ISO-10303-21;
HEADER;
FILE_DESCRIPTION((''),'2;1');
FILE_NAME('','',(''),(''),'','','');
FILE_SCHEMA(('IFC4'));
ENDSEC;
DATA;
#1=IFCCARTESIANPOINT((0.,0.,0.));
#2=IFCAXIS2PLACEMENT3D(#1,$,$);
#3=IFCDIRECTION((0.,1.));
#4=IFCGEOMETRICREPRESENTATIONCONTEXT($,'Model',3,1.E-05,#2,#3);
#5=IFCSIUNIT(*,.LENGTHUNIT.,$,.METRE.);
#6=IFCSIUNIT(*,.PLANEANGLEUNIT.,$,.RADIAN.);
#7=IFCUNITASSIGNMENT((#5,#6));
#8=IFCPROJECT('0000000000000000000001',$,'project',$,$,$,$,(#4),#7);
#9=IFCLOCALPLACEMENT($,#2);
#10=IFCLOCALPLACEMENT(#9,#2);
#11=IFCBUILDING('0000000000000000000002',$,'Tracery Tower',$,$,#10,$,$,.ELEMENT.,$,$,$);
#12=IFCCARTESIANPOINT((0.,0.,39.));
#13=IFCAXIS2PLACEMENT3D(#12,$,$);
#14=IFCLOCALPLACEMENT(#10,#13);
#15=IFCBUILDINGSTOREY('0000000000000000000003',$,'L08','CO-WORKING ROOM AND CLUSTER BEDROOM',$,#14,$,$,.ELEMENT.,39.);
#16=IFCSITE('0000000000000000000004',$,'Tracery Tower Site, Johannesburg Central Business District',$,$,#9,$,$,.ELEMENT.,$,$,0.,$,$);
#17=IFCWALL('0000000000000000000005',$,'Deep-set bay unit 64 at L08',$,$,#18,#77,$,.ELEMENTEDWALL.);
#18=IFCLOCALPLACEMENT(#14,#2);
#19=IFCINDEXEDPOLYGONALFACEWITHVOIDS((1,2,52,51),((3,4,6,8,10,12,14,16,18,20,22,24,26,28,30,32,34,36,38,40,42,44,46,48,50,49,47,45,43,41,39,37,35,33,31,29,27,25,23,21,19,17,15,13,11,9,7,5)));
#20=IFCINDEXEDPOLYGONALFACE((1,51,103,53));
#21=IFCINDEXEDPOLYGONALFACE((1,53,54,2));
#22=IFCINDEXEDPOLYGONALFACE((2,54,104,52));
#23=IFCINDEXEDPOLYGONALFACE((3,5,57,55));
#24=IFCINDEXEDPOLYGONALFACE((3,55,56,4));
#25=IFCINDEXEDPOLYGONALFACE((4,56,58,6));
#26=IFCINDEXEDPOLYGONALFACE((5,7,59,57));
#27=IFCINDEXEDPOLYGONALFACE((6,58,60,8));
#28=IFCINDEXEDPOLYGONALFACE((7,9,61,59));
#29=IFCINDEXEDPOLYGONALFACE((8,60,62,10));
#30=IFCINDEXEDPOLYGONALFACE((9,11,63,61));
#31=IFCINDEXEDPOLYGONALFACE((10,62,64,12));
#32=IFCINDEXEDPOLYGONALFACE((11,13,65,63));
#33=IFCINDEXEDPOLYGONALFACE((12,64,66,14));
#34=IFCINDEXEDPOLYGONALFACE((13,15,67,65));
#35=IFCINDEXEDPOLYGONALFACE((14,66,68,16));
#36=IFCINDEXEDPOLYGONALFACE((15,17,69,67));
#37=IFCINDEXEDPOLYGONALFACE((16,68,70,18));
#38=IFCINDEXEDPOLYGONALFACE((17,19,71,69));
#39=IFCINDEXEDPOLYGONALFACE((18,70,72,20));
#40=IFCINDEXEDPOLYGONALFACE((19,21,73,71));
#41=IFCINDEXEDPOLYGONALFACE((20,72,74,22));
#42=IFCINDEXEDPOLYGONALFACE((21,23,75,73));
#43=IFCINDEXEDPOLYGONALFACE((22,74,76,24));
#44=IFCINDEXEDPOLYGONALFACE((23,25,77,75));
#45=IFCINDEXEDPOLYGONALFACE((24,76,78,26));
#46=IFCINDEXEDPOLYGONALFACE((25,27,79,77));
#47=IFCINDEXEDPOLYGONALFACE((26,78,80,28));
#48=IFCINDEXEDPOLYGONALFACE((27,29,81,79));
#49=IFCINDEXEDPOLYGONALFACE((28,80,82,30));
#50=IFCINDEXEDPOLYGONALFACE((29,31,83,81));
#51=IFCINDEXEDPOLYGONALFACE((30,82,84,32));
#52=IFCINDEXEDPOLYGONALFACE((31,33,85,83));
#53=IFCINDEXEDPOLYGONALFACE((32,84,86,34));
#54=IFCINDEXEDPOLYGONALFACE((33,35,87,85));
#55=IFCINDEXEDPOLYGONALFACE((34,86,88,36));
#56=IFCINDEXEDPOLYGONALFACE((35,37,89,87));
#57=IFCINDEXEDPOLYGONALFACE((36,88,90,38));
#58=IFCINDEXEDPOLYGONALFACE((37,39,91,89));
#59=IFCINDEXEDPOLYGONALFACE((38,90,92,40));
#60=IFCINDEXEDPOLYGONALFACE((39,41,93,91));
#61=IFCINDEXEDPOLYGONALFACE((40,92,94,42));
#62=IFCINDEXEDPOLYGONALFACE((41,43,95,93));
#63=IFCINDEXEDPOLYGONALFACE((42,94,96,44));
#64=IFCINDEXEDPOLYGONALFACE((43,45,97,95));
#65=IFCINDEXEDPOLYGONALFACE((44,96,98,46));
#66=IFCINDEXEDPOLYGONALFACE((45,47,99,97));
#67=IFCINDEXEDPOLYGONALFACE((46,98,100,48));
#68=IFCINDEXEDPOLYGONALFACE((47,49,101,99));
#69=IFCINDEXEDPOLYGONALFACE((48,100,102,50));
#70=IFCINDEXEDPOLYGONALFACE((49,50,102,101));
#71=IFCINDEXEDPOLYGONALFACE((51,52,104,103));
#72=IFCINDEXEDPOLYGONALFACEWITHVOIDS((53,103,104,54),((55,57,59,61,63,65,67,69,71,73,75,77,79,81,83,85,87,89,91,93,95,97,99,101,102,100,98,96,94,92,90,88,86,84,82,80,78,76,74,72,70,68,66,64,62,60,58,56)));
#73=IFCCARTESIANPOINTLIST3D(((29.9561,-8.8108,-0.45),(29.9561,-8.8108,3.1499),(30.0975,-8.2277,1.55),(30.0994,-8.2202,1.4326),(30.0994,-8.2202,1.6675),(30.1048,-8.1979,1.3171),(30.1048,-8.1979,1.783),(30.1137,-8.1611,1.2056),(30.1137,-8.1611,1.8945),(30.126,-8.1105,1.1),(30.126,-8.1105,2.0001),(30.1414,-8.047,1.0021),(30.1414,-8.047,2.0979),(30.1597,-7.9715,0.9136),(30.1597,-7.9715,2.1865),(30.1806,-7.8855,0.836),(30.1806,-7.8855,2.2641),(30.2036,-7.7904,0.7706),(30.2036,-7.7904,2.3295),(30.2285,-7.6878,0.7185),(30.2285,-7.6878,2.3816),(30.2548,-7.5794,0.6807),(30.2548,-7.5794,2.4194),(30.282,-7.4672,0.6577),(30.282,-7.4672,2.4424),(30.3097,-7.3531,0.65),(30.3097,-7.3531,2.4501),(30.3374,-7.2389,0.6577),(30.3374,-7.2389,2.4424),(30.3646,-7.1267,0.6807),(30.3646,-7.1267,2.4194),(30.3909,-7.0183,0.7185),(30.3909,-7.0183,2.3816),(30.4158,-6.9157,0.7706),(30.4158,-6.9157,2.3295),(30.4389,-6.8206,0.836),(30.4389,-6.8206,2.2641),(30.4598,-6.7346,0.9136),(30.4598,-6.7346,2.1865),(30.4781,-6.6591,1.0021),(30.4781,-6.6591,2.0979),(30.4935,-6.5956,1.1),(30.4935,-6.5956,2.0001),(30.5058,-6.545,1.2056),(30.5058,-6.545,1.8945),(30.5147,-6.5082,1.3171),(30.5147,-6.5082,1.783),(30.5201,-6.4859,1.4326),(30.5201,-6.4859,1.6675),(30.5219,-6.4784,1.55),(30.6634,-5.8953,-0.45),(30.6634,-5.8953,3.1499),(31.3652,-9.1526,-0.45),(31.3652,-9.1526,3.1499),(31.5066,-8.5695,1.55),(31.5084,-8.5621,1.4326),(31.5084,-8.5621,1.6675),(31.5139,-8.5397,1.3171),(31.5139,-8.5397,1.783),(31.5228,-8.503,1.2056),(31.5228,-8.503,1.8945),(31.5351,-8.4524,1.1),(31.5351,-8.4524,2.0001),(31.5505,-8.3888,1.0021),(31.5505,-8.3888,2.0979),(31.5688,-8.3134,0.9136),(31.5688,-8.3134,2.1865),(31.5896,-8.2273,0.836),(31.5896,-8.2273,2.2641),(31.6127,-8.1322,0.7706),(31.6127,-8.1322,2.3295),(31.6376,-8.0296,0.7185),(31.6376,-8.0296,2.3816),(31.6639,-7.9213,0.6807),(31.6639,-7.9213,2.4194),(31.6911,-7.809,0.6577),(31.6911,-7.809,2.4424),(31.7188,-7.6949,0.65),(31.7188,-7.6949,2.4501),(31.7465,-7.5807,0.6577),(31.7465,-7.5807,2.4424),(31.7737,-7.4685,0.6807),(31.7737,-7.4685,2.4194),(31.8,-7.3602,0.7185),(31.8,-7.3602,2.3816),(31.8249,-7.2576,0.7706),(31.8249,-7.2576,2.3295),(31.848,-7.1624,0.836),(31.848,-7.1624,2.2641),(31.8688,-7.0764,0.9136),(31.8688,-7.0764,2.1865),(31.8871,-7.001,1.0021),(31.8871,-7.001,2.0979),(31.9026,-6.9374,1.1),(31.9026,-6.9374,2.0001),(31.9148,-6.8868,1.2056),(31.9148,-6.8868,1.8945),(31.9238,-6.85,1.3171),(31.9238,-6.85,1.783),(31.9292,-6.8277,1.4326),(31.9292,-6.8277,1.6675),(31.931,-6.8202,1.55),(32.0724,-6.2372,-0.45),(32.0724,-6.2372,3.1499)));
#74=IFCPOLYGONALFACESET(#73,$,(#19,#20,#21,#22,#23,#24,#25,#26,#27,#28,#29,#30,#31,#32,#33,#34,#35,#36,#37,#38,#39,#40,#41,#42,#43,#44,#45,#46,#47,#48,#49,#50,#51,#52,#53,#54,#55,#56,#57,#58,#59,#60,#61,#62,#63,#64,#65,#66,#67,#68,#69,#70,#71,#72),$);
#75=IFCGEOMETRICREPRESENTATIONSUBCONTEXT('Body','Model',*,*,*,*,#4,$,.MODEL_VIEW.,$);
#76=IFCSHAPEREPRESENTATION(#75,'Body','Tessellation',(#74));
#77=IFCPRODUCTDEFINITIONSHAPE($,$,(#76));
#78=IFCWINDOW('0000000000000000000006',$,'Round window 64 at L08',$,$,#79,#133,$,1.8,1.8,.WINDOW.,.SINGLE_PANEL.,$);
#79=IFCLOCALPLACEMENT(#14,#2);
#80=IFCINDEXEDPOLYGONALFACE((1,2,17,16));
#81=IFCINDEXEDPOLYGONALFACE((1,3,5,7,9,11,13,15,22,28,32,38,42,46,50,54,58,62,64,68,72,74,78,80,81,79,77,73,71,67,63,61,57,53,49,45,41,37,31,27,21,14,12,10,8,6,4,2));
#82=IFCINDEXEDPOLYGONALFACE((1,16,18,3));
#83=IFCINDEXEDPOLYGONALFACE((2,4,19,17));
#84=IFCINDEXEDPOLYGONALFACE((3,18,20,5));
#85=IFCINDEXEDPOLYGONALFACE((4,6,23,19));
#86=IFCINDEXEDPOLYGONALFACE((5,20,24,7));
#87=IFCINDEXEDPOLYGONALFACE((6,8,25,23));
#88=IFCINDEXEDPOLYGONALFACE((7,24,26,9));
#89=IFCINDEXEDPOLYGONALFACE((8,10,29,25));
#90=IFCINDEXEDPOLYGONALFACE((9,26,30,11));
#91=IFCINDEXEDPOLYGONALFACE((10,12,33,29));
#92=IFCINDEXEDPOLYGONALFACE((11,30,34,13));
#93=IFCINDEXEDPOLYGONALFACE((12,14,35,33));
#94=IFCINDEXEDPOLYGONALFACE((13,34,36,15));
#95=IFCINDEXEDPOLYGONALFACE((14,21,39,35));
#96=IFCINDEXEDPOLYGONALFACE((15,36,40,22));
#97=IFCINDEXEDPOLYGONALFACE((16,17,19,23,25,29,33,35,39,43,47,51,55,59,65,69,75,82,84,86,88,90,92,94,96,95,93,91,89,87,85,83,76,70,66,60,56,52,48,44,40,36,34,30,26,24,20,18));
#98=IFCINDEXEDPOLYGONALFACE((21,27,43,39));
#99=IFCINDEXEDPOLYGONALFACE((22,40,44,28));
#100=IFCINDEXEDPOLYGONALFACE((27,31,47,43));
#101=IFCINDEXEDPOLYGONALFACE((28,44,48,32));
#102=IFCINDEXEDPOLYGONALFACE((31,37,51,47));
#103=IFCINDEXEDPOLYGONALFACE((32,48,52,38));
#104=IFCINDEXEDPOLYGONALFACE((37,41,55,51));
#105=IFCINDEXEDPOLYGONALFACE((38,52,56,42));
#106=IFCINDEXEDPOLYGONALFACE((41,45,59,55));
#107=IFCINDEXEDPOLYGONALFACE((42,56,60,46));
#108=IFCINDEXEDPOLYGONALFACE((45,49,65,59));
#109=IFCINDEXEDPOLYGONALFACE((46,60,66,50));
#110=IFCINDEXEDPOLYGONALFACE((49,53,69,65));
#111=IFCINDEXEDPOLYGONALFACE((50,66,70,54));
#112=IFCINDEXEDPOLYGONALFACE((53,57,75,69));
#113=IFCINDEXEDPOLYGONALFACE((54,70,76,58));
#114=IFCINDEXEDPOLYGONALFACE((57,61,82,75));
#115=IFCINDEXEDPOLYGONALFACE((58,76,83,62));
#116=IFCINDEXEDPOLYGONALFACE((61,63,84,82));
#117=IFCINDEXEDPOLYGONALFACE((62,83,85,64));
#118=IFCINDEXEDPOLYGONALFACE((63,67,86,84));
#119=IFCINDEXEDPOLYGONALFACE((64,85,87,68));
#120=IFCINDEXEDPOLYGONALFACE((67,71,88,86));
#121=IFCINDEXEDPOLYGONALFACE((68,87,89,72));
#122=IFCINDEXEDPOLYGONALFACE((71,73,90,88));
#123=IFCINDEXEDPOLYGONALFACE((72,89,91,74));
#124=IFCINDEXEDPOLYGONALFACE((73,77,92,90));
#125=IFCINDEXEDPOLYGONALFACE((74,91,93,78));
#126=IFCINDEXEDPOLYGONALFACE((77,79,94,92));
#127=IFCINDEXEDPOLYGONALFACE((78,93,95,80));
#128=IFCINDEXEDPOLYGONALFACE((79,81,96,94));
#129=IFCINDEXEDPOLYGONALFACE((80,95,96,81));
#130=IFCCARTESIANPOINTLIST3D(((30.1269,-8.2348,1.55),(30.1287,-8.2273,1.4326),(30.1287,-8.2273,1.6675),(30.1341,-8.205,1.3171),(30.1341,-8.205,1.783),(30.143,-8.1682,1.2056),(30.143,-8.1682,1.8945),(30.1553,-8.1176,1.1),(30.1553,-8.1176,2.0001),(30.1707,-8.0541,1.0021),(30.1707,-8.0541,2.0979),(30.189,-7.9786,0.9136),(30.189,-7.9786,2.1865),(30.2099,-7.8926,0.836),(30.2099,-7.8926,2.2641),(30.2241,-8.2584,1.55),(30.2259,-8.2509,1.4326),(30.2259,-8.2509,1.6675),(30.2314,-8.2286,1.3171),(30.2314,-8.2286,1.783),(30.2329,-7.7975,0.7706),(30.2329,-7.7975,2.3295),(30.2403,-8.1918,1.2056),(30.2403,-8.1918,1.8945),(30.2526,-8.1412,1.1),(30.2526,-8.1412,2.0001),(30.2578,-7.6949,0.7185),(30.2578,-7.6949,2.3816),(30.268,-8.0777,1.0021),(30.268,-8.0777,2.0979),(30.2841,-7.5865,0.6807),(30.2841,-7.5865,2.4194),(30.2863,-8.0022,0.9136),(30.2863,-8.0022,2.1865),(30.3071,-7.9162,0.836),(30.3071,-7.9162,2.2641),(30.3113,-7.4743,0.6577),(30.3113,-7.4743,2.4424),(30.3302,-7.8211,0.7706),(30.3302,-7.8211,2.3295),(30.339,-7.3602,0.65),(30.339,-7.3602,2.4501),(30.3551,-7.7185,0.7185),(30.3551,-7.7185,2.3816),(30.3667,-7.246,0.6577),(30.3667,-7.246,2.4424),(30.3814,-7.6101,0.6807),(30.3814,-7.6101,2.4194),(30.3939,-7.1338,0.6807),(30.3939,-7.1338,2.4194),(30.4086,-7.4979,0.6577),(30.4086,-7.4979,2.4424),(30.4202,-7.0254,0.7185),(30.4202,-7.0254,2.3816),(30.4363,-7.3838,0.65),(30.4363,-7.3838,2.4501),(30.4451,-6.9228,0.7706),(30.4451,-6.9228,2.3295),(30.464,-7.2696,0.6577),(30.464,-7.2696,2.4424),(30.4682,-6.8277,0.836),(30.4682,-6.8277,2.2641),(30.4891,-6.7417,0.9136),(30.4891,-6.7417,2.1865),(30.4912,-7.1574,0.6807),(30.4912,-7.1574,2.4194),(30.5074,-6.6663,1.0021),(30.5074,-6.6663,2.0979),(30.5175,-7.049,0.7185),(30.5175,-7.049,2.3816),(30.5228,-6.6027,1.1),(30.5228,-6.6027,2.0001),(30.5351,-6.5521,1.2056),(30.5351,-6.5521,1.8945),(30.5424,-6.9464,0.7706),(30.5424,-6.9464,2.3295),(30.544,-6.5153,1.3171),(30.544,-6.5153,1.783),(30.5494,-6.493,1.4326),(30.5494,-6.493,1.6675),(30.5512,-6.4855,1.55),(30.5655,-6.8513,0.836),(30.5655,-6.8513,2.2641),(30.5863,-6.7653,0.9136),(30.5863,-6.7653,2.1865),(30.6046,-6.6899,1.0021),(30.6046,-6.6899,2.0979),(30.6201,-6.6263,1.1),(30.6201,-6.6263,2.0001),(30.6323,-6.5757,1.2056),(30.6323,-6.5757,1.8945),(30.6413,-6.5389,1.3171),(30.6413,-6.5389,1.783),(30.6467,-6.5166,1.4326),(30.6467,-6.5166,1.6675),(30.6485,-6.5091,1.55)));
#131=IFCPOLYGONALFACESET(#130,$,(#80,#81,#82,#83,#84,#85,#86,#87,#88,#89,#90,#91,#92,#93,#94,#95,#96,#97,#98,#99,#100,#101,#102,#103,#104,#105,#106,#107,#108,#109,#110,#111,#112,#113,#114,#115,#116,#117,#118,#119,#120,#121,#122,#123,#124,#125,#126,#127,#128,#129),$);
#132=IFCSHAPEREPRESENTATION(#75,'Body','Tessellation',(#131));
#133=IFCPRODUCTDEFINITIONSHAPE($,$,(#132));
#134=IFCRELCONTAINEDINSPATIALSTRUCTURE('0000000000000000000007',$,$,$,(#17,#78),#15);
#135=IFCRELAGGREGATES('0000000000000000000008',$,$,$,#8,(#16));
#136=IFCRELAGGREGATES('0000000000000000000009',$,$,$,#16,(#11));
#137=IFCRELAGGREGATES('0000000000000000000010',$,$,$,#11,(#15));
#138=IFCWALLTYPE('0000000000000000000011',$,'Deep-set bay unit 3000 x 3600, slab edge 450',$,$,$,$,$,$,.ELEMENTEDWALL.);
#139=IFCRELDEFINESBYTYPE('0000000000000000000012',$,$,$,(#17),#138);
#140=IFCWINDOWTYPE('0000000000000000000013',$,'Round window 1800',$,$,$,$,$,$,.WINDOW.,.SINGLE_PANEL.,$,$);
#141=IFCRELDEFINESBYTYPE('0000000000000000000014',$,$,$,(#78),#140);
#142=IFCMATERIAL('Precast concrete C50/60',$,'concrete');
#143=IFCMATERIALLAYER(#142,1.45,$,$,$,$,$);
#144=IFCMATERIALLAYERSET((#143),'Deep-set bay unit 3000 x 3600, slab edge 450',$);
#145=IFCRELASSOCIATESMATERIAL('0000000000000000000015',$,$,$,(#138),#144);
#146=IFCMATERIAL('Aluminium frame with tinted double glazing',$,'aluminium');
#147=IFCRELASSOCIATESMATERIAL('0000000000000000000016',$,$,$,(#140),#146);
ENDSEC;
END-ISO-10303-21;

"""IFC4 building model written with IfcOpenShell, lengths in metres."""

from ifc_helpers import new_model, si_unit, direction, frame, frame_2d, origin, origin_2d, place, context, subcontext, project, spatial, rectangle, circle, extrude, material, layer, layer_set, type_object, element, fill, save


model = new_model("IFC4")

# Units and contexts
model_context = context("Model", 3, precision=1e-05, world=origin(), true_north=direction((0.0, 1.0)))
body_context = subcontext(model_context, "Body", "Model", "MODEL_VIEW")
ifc_project = project(units=[si_unit("LENGTHUNIT", "METRE"), si_unit("PLANEANGLEUNIT", "RADIAN")], contexts=[model_context])

# Site, building, storey
site_placement = place(None, origin())
site = spatial("IfcSite", under=ifc_project, at=site_placement, Name="Tracery Tower Site, Johannesburg Central Business District", CompositionType="ELEMENT", RefElevation=0.0)
building_placement = place(site_placement, origin())
building = spatial("IfcBuilding", under=site, at=building_placement, Name="Tracery Tower", CompositionType="ELEMENT")
storey_placement = place(building_placement, frame((0.0, 0.0, 39.0)))
storey = spatial("IfcBuildingStorey", under=building, at=storey_placement, Name="L08", Description="CO-WORKING ROOM AND CLUSTER BEDROOM", CompositionType="ELEMENT", Elevation=39.0)

# Wall, opening, window
ifc_material_1 = material(Name="Precast concrete C50/60", Category="concrete")
ifc_layer_1 = layer(ifc_material_1, 1.45)
ifc_layer_set_1 = layer_set([ifc_layer_1], Name="Deep-set bay unit 3000 x 3600, slab edge 450")
wall_type_1 = type_object("IfcWallType", Name="Deep-set bay unit 3000 x 3600, slab edge 450", PredefinedType="ELEMENTEDWALL", material=ifc_layer_set_1)
ifc_material_2 = material(Name="Aluminium frame with tinted double glazing", Category="aluminium")
window_type = type_object("IfcWindowType", Name="Round window 1800", PartitioningType="SINGLE_PANEL", PredefinedType="WINDOW", material=ifc_material_2)
wall_1_placement = place(storey_placement, frame((30.6606, -8.9817, -0.45), z_axis=(0.0, 0.0, 1.0), x_axis=(0.235751, 0.971813, 0.0)))
wall_1 = element("IfcWall", 1, at=wall_1_placement, inside=storey, type_object=wall_type_1, Name="Deep-set bay unit 64 at L08", PredefinedType="ELEMENTEDWALL", context=body_context, shape_type="SweptSolid", body=[
    extrude(rectangle(XDim=3.0, YDim=1.45, at=frame_2d((1.5, 0.0))), origin(), (0.0, 0.0, 1.0), 3.5999),
])
opening_1_placement = place(wall_1_placement, frame((1.5, 0.0, 2.0)))
opening_1 = element("IfcOpeningElement", 2, at=opening_1_placement, cuts=wall_1, PredefinedType="OPENING", context=body_context, shape_type="SweptSolid", body=[
    extrude(circle(Radius=0.9, at=origin_2d()), frame((0.0, 0.7349, 0.0), z_axis=(0.0, -1.0, 0.0), x_axis=(1.0, 0.0, 0.0)), (0.0, 0.0, 1.0), 1.47),
])
window_1_placement = place(opening_1_placement, origin())
window_1 = element("IfcWindow", 3, at=window_1_placement, inside=storey, type_object=window_type, Name="Round window 64 at L08", OverallHeight=1.8, OverallWidth=1.8, PartitioningType="SINGLE_PANEL", PredefinedType="WINDOW", context=body_context, shape_type="SweptSolid", body=[
    extrude(circle(Radius=0.9, at=origin_2d()), frame((0.0, 0.6948, 0.0), z_axis=(0.0, -1.0, 0.0), x_axis=(1.0, 0.0, 0.0)), (0.0, 0.0, 1.0), 0.1001),
])
fill(opening_1, window_1)

save(model, "model.ifc")
